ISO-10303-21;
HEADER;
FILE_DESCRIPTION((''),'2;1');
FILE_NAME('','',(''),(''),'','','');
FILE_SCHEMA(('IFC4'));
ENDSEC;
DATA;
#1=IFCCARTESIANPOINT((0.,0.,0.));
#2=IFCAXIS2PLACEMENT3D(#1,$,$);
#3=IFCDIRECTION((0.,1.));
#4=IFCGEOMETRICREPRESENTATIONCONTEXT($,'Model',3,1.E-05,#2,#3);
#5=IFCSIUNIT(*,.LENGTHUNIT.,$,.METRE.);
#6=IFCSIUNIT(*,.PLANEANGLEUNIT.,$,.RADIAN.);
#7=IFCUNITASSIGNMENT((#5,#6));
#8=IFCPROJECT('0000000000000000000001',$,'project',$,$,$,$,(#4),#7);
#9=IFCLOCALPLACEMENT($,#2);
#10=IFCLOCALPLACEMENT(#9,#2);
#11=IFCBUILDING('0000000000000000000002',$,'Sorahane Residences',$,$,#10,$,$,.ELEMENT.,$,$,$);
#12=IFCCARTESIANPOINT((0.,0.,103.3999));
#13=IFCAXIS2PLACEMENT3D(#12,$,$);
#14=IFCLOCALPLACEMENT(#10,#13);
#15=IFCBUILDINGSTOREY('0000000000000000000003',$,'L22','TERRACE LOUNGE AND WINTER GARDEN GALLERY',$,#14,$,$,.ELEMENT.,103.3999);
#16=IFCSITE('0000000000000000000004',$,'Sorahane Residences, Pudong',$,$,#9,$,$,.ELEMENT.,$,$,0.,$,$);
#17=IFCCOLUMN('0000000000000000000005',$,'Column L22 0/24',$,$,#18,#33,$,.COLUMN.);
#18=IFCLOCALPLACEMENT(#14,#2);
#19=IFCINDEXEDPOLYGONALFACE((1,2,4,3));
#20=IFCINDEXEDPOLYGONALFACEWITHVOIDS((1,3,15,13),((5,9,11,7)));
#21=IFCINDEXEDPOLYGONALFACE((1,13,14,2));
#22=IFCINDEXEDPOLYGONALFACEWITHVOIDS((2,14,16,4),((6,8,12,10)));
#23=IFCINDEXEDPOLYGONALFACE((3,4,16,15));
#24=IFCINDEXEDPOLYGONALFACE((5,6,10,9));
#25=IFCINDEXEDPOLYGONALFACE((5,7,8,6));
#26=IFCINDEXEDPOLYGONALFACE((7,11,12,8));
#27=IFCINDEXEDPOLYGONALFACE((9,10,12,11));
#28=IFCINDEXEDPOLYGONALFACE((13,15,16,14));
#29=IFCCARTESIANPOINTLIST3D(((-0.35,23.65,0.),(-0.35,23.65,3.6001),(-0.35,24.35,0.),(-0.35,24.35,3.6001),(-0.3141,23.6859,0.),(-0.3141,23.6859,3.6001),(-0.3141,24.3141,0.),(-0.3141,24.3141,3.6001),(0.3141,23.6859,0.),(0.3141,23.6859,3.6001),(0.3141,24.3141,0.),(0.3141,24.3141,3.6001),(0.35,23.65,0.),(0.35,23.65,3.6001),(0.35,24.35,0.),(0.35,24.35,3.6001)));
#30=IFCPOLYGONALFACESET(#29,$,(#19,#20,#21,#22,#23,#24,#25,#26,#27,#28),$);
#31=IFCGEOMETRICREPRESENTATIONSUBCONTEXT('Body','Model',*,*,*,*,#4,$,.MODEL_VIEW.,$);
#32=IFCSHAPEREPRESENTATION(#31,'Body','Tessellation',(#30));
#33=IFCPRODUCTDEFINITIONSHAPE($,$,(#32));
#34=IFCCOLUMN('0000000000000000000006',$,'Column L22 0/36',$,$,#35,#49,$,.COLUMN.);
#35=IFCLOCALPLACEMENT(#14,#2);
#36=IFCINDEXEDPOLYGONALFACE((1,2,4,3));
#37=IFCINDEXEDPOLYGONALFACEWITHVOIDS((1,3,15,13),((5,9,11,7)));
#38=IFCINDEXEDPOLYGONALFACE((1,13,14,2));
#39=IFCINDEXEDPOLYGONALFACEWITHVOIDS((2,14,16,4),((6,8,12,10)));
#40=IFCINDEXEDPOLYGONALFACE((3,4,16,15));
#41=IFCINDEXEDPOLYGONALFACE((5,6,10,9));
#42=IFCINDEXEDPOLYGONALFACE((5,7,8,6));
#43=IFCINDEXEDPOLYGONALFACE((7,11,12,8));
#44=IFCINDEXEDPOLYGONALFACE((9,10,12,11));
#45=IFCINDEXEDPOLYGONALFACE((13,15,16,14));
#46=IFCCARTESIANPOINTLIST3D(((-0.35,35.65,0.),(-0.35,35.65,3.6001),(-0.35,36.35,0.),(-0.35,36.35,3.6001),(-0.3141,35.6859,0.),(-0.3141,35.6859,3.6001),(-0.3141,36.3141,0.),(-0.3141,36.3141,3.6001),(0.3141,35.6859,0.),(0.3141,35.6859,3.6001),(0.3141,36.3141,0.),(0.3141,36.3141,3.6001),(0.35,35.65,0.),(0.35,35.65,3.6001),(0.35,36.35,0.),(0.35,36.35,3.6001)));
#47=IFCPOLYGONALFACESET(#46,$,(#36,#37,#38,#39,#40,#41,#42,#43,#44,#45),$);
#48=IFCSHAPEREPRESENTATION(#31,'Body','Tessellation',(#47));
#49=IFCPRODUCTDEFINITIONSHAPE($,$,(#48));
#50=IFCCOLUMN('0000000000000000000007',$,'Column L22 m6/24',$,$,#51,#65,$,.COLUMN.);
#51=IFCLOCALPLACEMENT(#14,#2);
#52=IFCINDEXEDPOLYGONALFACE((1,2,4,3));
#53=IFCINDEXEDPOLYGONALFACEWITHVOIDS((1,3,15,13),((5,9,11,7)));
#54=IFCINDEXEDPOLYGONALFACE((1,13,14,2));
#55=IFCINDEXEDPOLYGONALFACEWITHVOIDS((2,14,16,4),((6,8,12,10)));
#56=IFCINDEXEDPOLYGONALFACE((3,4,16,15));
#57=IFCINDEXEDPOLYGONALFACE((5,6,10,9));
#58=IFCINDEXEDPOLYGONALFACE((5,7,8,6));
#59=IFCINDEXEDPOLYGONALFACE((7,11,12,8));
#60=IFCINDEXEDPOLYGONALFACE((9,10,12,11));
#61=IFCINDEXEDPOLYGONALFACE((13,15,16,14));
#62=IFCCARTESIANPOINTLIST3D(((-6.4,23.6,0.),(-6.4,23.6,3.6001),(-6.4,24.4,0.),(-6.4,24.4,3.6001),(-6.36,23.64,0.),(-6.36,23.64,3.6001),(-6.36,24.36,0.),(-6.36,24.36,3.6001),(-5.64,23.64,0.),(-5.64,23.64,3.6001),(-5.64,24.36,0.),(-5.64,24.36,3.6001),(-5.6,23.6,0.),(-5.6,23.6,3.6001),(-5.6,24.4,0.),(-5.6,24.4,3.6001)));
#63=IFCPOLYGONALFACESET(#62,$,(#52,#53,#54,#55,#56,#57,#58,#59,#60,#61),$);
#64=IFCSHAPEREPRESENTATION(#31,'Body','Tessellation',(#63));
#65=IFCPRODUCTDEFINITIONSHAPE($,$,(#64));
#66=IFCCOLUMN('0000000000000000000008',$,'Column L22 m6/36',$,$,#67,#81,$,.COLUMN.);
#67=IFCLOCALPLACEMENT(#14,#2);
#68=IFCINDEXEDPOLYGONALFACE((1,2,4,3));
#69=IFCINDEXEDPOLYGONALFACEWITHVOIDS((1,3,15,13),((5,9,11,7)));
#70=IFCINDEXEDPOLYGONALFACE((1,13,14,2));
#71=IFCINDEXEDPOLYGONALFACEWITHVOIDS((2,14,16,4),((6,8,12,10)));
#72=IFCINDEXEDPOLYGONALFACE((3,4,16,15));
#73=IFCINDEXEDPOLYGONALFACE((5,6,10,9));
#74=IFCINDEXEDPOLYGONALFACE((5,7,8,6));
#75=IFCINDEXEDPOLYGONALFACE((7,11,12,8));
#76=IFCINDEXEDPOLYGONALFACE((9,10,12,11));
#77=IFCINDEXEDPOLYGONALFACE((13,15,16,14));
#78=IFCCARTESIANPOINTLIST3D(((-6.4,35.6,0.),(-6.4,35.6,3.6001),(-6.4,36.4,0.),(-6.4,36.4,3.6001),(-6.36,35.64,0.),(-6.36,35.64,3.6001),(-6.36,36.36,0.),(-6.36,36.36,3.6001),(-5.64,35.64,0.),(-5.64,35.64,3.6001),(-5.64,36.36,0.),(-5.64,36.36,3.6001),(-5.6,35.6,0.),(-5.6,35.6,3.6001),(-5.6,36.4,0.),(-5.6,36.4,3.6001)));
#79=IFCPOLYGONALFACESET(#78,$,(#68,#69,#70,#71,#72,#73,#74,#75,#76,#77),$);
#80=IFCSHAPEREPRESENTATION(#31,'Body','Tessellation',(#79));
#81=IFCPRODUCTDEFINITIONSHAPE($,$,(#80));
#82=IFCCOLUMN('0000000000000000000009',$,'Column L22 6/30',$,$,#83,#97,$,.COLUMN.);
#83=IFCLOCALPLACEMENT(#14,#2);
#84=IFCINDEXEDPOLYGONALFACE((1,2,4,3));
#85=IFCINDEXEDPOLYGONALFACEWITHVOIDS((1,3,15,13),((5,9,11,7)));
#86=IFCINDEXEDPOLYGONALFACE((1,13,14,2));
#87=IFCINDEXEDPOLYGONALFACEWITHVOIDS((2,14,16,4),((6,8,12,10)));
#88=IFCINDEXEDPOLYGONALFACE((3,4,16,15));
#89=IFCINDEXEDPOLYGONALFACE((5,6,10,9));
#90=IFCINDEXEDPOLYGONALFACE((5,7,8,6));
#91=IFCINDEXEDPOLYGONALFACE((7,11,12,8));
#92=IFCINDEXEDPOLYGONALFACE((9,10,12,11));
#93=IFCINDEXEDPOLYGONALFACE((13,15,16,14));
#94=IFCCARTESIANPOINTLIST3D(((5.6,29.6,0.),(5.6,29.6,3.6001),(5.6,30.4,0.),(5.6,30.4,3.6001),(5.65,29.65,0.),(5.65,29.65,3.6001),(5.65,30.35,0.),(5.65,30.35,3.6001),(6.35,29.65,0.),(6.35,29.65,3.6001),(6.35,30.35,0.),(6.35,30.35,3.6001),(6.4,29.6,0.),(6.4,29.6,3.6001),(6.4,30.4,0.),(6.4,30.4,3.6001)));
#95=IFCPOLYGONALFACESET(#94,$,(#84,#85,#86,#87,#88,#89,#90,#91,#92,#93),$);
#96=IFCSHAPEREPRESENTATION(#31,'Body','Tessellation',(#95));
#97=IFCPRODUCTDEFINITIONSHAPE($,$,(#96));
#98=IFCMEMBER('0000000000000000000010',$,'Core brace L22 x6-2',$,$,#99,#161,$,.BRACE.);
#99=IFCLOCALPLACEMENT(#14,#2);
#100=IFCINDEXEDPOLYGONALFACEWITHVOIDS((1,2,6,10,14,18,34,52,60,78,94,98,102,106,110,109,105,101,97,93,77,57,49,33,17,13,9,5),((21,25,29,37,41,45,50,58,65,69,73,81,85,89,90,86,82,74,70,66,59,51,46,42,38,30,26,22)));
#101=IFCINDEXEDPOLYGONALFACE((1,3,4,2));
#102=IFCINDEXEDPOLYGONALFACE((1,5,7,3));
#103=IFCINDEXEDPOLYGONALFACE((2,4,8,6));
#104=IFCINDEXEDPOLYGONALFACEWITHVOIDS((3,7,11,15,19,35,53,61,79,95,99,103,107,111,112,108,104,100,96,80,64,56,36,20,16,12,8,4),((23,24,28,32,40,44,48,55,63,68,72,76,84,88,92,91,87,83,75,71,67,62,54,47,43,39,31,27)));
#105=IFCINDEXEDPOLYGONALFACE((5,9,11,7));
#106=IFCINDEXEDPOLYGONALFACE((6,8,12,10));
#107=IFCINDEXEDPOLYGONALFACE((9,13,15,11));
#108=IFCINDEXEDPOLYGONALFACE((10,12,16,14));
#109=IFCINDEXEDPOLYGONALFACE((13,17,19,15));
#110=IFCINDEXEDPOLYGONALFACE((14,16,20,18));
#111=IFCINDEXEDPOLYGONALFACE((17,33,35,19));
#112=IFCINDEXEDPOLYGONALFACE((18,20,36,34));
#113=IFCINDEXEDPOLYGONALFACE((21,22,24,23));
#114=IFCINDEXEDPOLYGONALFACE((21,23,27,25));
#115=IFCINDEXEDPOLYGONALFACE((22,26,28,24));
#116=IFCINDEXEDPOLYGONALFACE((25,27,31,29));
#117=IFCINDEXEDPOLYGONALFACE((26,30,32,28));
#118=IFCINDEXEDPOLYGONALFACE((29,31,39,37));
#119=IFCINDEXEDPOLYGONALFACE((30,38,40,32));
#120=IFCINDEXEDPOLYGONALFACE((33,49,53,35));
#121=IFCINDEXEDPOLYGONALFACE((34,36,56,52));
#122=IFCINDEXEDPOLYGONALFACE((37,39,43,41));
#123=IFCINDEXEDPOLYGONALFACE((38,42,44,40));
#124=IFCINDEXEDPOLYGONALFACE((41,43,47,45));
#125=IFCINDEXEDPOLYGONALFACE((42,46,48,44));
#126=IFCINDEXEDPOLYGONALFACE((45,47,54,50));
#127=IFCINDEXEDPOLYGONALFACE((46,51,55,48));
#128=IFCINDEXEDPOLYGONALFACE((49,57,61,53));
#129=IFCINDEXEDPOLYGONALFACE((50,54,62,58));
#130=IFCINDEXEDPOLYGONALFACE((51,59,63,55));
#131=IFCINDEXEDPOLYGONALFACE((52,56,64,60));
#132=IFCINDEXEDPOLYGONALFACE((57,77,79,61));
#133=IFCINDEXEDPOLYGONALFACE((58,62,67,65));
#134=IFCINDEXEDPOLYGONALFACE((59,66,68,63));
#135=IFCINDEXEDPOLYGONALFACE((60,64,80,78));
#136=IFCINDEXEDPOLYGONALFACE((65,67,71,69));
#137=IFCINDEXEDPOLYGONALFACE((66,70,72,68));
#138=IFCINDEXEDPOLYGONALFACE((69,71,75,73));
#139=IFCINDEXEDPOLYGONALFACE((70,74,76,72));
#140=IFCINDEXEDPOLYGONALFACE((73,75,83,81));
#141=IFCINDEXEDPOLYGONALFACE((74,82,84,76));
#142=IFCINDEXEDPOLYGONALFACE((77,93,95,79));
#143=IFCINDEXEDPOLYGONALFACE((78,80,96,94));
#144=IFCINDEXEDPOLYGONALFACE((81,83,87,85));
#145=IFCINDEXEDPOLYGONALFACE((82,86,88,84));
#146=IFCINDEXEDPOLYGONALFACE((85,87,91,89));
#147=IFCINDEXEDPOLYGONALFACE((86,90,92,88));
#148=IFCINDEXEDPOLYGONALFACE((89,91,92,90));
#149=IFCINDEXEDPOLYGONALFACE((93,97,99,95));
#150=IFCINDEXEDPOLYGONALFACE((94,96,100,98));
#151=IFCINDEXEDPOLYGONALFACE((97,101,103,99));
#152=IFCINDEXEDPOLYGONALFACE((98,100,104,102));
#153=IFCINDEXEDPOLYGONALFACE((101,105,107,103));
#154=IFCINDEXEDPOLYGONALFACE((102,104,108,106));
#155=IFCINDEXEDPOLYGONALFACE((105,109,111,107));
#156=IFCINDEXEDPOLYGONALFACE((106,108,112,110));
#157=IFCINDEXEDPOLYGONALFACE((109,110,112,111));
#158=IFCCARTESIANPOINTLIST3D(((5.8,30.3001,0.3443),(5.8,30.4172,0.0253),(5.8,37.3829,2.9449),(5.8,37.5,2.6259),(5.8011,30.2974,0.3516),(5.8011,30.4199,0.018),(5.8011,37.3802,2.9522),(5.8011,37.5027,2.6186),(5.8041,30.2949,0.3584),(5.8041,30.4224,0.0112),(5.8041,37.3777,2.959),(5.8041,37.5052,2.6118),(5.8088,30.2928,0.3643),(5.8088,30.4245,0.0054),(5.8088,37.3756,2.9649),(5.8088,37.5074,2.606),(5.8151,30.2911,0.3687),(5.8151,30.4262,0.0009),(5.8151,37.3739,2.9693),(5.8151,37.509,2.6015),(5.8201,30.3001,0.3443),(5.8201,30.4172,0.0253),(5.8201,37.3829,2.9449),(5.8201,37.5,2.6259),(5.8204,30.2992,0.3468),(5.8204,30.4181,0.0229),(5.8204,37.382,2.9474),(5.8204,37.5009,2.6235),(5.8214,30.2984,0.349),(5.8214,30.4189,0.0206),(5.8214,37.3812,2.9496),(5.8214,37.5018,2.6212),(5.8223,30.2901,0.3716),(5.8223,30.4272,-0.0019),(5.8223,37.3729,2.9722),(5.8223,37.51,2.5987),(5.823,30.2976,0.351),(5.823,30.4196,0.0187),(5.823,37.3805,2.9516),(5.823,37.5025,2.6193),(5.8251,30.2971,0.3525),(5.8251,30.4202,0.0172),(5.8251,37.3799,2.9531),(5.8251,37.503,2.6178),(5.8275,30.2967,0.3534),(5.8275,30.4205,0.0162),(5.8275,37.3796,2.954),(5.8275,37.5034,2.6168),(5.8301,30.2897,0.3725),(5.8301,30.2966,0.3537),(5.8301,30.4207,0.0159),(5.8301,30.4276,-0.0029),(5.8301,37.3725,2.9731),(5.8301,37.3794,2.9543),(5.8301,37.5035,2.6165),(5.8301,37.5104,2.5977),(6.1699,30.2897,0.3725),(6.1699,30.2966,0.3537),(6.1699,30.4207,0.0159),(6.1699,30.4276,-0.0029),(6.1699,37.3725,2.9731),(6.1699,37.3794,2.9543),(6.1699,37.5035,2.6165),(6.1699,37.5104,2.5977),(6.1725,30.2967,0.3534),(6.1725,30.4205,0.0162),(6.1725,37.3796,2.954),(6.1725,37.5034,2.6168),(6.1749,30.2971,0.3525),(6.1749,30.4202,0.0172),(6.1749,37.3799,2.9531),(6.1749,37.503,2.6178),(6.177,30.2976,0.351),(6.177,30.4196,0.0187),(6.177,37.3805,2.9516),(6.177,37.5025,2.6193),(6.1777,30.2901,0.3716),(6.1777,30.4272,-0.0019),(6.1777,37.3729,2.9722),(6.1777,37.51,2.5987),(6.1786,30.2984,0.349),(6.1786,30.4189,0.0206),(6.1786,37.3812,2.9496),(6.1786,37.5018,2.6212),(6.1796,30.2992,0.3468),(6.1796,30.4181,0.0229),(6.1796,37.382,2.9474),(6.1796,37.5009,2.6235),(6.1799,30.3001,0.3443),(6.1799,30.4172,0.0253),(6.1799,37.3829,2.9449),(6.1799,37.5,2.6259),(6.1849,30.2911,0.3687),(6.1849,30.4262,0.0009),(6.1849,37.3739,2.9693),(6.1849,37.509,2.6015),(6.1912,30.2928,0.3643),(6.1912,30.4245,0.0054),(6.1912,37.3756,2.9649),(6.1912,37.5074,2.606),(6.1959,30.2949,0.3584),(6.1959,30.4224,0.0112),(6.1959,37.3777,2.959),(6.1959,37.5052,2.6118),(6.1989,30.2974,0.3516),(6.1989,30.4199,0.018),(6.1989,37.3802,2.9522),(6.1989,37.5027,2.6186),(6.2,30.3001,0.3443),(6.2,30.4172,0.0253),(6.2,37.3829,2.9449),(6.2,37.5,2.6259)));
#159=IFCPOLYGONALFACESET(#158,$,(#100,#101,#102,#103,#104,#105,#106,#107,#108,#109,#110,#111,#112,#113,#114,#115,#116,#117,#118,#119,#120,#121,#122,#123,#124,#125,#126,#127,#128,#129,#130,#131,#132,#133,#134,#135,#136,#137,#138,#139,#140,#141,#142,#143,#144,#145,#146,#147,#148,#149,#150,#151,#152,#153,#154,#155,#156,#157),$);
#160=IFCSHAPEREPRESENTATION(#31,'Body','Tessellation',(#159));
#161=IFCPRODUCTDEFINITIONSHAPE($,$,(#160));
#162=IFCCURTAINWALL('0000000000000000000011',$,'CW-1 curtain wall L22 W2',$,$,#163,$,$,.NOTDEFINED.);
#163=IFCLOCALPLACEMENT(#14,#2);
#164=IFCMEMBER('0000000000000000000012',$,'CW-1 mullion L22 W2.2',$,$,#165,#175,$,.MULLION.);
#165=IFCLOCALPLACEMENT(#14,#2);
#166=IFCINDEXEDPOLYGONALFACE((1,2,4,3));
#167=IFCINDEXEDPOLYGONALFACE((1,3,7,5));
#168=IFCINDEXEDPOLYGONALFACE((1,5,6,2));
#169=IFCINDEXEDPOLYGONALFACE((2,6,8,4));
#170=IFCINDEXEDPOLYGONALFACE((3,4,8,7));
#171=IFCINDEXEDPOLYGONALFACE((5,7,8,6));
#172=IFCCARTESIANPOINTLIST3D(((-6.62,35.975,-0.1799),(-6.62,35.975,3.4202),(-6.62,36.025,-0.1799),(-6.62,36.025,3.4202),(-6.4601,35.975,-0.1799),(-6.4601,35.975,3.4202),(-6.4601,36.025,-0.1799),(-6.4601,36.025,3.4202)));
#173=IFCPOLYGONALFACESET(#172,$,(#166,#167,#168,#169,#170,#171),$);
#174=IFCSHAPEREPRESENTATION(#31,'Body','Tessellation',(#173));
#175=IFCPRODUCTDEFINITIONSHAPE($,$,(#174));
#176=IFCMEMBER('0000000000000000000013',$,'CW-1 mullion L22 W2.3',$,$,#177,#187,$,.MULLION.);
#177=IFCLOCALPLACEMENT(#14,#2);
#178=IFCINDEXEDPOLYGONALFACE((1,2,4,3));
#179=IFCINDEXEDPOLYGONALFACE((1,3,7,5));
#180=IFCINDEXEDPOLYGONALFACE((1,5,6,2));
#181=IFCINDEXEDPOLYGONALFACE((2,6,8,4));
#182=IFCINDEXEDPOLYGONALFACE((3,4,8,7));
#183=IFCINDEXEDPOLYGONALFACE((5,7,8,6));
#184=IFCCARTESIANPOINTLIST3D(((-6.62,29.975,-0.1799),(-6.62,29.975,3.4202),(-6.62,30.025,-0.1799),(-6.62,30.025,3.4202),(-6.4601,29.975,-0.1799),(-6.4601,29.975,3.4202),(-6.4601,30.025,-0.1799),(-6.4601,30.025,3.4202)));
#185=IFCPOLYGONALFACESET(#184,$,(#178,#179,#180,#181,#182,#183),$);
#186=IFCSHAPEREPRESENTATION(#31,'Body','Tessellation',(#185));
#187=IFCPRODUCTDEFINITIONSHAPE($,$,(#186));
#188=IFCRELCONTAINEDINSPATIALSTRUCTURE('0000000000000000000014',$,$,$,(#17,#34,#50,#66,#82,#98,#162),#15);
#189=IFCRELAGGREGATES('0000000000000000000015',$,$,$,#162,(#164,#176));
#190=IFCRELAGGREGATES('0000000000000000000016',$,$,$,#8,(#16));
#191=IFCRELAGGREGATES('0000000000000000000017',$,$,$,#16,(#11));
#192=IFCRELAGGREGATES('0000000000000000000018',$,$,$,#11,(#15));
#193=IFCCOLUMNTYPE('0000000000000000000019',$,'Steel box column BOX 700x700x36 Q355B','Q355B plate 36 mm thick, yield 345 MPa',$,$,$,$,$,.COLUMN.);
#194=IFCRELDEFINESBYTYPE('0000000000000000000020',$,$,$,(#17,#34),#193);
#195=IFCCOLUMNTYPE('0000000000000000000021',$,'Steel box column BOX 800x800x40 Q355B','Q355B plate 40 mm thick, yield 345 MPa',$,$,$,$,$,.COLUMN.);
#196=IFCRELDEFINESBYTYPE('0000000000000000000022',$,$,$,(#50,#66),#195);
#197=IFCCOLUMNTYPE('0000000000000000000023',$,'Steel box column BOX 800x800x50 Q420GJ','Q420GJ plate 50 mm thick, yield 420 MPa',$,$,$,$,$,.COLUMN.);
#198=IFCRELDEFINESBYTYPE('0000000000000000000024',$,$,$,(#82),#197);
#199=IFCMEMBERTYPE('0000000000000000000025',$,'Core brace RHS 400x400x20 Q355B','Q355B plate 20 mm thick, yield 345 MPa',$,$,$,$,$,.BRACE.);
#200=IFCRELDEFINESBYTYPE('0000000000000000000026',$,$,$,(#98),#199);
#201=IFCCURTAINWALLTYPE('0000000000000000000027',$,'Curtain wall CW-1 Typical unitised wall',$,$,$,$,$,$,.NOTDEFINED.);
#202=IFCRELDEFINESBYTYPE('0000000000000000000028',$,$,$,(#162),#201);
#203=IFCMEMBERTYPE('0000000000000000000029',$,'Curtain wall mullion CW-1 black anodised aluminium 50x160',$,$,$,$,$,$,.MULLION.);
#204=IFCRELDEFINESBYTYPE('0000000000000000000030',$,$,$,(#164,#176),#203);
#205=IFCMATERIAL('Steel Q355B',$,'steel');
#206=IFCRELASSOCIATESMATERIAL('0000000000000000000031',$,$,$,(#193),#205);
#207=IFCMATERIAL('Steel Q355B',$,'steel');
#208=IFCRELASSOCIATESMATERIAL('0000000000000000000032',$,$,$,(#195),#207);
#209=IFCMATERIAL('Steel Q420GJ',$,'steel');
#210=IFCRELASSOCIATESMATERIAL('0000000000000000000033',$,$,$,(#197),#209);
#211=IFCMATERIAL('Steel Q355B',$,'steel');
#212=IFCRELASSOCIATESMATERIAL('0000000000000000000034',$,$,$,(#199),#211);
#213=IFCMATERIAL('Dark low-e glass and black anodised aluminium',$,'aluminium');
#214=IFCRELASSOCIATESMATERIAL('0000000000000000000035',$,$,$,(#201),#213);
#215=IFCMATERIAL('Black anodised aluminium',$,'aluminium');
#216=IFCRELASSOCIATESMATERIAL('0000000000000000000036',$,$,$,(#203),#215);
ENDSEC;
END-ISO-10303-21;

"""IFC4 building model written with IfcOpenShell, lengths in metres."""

from ifc_helpers import new_model, si_unit, direction, frame, origin, origin_2d, place, context, subcontext, project, spatial, rectangle, hollow_rectangle, extrude, material, material_profile, profile_set, type_object, element, aggregate, save


model = new_model("IFC4")

# Units and contexts
model_context = context("Model", 3, precision=1e-05, world=origin(), true_north=direction((0.0, 1.0)))
body_context = subcontext(model_context, "Body", "Model", "MODEL_VIEW")
ifc_project = project(units=[si_unit("LENGTHUNIT", "METRE"), si_unit("PLANEANGLEUNIT", "RADIAN")], contexts=[model_context])

# Site, building, storey
site_placement = place(None, origin())
site = spatial("IfcSite", under=ifc_project, at=site_placement, Name="Sorahane Residences, Pudong", CompositionType="ELEMENT", RefElevation=0.0)
building_placement = place(site_placement, origin())
building = spatial("IfcBuilding", under=site, at=building_placement, Name="Sorahane Residences", CompositionType="ELEMENT")
storey_placement = place(building_placement, frame((0.0, 0.0, 103.3999)))
storey = spatial("IfcBuildingStorey", under=building, at=storey_placement, Name="L22", Description="TERRACE LOUNGE AND WINTER GARDEN GALLERY", CompositionType="ELEMENT", Elevation=103.3999)

# Columns
ifc_material_1 = material(Name="Steel Q355B", Category="steel")
ifc_material_profile_1 = material_profile(ifc_material_1, hollow_rectangle(XDim=0.7, YDim=0.7, WallThickness=0.0359, at=origin_2d()), Name="BOX 700x700x36")
ifc_profile_set_1 = profile_set([ifc_material_profile_1], Name="Steel Q355B")
column_type_1 = type_object("IfcColumnType", Name="Steel box column BOX 700x700x36 Q355B", Description="Q355B plate 36 mm thick, yield 345 MPa", PredefinedType="COLUMN", material=ifc_profile_set_1)
for number, where, z_axis, x_axis, name in (
    (1, (0.0, 24.0, 0.0), (0.0, 0.0, 1.0), (1.0, 0.0, 0.0), "Column L22 0/24"),
    (2, (0.0, 36.0, 0.0), (0.0, 0.0, 1.0), (1.0, 0.0, 0.0), "Column L22 0/36"),
):
    element("IfcColumn", number, at=place(storey_placement, frame(where, z_axis=z_axis, x_axis=x_axis)), inside=storey, type_object=column_type_1, Name=name, PredefinedType="COLUMN", context=body_context, shape_type="SweptSolid", body=[
        extrude(hollow_rectangle(XDim=0.7, YDim=0.7, WallThickness=0.0359, at=origin_2d()), origin(), (0.0, 0.0, 1.0), 3.6001),
    ])
ifc_material_2 = material(Name="Steel Q355B", Category="steel")
ifc_material_profile_2 = material_profile(ifc_material_2, hollow_rectangle(XDim=0.8, YDim=0.8, WallThickness=0.04, at=origin_2d()), Name="BOX 800x800x40")
ifc_profile_set_2 = profile_set([ifc_material_profile_2], Name="Steel Q355B")
column_type_2 = type_object("IfcColumnType", Name="Steel box column BOX 800x800x40 Q355B", Description="Q355B plate 40 mm thick, yield 345 MPa", PredefinedType="COLUMN", material=ifc_profile_set_2)
for number, where, z_axis, x_axis, name in (
    (3, (-6.0, 24.0, 0.0), (0.0, 0.0, 1.0), (1.0, 0.0, 0.0), "Column L22 m6/24"),
    (4, (-6.0, 36.0, 0.0), (0.0, 0.0, 1.0), (1.0, 0.0, 0.0), "Column L22 m6/36"),
):
    element("IfcColumn", number, at=place(storey_placement, frame(where, z_axis=z_axis, x_axis=x_axis)), inside=storey, type_object=column_type_2, Name=name, PredefinedType="COLUMN", context=body_context, shape_type="SweptSolid", body=[
        extrude(hollow_rectangle(XDim=0.8, YDim=0.8, WallThickness=0.04, at=origin_2d()), origin(), (0.0, 0.0, 1.0), 3.6001),
    ])
ifc_material_3 = material(Name="Steel Q420GJ", Category="steel")
ifc_material_profile_3 = material_profile(ifc_material_3, hollow_rectangle(XDim=0.8, YDim=0.8, WallThickness=0.05, at=origin_2d()), Name="BOX 800x800x50")
ifc_profile_set_3 = profile_set([ifc_material_profile_3], Name="Steel Q420GJ")
column_type_3 = type_object("IfcColumnType", Name="Steel box column BOX 800x800x50 Q420GJ", Description="Q420GJ plate 50 mm thick, yield 420 MPa", PredefinedType="COLUMN", material=ifc_profile_set_3)
column_placement = place(storey_placement, frame((6.0, 30.0, 0.0), z_axis=(0.0, 0.0, 1.0), x_axis=(1.0, 0.0, 0.0)))
element("IfcColumn", 5, at=column_placement, inside=storey, type_object=column_type_3, Name="Column L22 6/30", PredefinedType="COLUMN", context=body_context, shape_type="SweptSolid", body=[
    extrude(hollow_rectangle(XDim=0.8, YDim=0.8, WallThickness=0.05, at=origin_2d()), origin(), (0.0, 0.0, 1.0), 3.6001),
])

# Member
ifc_material_4 = material(Name="Steel Q355B", Category="steel")
ifc_material_profile_4 = material_profile(ifc_material_4, hollow_rectangle(XDim=0.3999, YDim=0.3999, WallThickness=0.02, InnerFilletRadius=0.01, OuterFilletRadius=0.03, at=origin_2d()), Name="RHS 400x400x20")
ifc_profile_set_4 = profile_set([ifc_material_profile_4], Name="Steel Q355B")
member_type_1 = type_object("IfcMemberType", Name="Core brace RHS 400x400x20 Q355B", Description="Q355B plate 20 mm thick, yield 345 MPa", PredefinedType="BRACE", material=ifc_profile_set_4)
member_1_placement = place(storey_placement, frame((6.0, 30.3586, 0.1848), z_axis=(0.0, 0.938723, 0.344672), x_axis=(-1.0, 0.0, 0.0)))
element("IfcMember", 6, at=member_1_placement, inside=storey, type_object=member_type_1, Name="Core brace L22 x6-2", PredefinedType="BRACE", context=body_context, shape_type="SweptSolid", body=[
    extrude(hollow_rectangle(XDim=0.3999, YDim=0.3999, WallThickness=0.02, InnerFilletRadius=0.01, OuterFilletRadius=0.03, at=origin_2d()), origin(), (0.0, 0.0, 1.0), 7.5452),
])

# Curtain wall, members
ifc_material_5 = material(Name="Dark low-e glass and black anodised aluminium", Category="aluminium")
curtain_wall_type = type_object("IfcCurtainWallType", Name="Curtain wall CW-1 Typical unitised wall", PredefinedType="NOTDEFINED", material=ifc_material_5)
curtain_wall_placement = place(storey_placement, origin())
curtain_wall = element("IfcCurtainWall", 7, at=curtain_wall_placement, inside=storey, type_object=curtain_wall_type, Name="CW-1 curtain wall L22 W2", PredefinedType="NOTDEFINED")
ifc_material_6 = material(Name="Black anodised aluminium", Category="aluminium")
ifc_material_profile_5 = material_profile(ifc_material_6, rectangle(XDim=0.1599, YDim=0.05, at=origin_2d()), Name="Curtain wall mullion CW-1 black anodised aluminium 50x160")
ifc_profile_set_5 = profile_set([ifc_material_profile_5], Name="Black anodised aluminium")
member_type_2 = type_object("IfcMemberType", Name="Curtain wall mullion CW-1 black anodised aluminium 50x160", PredefinedType="MULLION", material=ifc_profile_set_5)
member_2_placement = place(storey_placement, frame((-6.54, 36.0, -0.1799), z_axis=(0.0, 0.0, 1.0), x_axis=(-1.0, 0.0, 0.0)))
member_2 = element("IfcMember", 8, at=member_2_placement, type_object=member_type_2, Name="CW-1 mullion L22 W2.2", PredefinedType="MULLION", context=body_context, shape_type="SweptSolid", body=[
    extrude(rectangle(XDim=0.1599, YDim=0.05, at=origin_2d()), origin(), (0.0, 0.0, 1.0), 3.6001),
])
member_3_placement = place(storey_placement, frame((-6.54, 30.0, -0.1799), z_axis=(0.0, 0.0, 1.0), x_axis=(-1.0, 0.0, 0.0)))
member_3 = element("IfcMember", 9, at=member_3_placement, type_object=member_type_2, Name="CW-1 mullion L22 W2.3", PredefinedType="MULLION", context=body_context, shape_type="SweptSolid", body=[
    extrude(rectangle(XDim=0.1599, YDim=0.05, at=origin_2d()), origin(), (0.0, 0.0, 1.0), 3.6001),
])

aggregate(curtain_wall, [member_2, member_3])

save(model, "model.ifc")
